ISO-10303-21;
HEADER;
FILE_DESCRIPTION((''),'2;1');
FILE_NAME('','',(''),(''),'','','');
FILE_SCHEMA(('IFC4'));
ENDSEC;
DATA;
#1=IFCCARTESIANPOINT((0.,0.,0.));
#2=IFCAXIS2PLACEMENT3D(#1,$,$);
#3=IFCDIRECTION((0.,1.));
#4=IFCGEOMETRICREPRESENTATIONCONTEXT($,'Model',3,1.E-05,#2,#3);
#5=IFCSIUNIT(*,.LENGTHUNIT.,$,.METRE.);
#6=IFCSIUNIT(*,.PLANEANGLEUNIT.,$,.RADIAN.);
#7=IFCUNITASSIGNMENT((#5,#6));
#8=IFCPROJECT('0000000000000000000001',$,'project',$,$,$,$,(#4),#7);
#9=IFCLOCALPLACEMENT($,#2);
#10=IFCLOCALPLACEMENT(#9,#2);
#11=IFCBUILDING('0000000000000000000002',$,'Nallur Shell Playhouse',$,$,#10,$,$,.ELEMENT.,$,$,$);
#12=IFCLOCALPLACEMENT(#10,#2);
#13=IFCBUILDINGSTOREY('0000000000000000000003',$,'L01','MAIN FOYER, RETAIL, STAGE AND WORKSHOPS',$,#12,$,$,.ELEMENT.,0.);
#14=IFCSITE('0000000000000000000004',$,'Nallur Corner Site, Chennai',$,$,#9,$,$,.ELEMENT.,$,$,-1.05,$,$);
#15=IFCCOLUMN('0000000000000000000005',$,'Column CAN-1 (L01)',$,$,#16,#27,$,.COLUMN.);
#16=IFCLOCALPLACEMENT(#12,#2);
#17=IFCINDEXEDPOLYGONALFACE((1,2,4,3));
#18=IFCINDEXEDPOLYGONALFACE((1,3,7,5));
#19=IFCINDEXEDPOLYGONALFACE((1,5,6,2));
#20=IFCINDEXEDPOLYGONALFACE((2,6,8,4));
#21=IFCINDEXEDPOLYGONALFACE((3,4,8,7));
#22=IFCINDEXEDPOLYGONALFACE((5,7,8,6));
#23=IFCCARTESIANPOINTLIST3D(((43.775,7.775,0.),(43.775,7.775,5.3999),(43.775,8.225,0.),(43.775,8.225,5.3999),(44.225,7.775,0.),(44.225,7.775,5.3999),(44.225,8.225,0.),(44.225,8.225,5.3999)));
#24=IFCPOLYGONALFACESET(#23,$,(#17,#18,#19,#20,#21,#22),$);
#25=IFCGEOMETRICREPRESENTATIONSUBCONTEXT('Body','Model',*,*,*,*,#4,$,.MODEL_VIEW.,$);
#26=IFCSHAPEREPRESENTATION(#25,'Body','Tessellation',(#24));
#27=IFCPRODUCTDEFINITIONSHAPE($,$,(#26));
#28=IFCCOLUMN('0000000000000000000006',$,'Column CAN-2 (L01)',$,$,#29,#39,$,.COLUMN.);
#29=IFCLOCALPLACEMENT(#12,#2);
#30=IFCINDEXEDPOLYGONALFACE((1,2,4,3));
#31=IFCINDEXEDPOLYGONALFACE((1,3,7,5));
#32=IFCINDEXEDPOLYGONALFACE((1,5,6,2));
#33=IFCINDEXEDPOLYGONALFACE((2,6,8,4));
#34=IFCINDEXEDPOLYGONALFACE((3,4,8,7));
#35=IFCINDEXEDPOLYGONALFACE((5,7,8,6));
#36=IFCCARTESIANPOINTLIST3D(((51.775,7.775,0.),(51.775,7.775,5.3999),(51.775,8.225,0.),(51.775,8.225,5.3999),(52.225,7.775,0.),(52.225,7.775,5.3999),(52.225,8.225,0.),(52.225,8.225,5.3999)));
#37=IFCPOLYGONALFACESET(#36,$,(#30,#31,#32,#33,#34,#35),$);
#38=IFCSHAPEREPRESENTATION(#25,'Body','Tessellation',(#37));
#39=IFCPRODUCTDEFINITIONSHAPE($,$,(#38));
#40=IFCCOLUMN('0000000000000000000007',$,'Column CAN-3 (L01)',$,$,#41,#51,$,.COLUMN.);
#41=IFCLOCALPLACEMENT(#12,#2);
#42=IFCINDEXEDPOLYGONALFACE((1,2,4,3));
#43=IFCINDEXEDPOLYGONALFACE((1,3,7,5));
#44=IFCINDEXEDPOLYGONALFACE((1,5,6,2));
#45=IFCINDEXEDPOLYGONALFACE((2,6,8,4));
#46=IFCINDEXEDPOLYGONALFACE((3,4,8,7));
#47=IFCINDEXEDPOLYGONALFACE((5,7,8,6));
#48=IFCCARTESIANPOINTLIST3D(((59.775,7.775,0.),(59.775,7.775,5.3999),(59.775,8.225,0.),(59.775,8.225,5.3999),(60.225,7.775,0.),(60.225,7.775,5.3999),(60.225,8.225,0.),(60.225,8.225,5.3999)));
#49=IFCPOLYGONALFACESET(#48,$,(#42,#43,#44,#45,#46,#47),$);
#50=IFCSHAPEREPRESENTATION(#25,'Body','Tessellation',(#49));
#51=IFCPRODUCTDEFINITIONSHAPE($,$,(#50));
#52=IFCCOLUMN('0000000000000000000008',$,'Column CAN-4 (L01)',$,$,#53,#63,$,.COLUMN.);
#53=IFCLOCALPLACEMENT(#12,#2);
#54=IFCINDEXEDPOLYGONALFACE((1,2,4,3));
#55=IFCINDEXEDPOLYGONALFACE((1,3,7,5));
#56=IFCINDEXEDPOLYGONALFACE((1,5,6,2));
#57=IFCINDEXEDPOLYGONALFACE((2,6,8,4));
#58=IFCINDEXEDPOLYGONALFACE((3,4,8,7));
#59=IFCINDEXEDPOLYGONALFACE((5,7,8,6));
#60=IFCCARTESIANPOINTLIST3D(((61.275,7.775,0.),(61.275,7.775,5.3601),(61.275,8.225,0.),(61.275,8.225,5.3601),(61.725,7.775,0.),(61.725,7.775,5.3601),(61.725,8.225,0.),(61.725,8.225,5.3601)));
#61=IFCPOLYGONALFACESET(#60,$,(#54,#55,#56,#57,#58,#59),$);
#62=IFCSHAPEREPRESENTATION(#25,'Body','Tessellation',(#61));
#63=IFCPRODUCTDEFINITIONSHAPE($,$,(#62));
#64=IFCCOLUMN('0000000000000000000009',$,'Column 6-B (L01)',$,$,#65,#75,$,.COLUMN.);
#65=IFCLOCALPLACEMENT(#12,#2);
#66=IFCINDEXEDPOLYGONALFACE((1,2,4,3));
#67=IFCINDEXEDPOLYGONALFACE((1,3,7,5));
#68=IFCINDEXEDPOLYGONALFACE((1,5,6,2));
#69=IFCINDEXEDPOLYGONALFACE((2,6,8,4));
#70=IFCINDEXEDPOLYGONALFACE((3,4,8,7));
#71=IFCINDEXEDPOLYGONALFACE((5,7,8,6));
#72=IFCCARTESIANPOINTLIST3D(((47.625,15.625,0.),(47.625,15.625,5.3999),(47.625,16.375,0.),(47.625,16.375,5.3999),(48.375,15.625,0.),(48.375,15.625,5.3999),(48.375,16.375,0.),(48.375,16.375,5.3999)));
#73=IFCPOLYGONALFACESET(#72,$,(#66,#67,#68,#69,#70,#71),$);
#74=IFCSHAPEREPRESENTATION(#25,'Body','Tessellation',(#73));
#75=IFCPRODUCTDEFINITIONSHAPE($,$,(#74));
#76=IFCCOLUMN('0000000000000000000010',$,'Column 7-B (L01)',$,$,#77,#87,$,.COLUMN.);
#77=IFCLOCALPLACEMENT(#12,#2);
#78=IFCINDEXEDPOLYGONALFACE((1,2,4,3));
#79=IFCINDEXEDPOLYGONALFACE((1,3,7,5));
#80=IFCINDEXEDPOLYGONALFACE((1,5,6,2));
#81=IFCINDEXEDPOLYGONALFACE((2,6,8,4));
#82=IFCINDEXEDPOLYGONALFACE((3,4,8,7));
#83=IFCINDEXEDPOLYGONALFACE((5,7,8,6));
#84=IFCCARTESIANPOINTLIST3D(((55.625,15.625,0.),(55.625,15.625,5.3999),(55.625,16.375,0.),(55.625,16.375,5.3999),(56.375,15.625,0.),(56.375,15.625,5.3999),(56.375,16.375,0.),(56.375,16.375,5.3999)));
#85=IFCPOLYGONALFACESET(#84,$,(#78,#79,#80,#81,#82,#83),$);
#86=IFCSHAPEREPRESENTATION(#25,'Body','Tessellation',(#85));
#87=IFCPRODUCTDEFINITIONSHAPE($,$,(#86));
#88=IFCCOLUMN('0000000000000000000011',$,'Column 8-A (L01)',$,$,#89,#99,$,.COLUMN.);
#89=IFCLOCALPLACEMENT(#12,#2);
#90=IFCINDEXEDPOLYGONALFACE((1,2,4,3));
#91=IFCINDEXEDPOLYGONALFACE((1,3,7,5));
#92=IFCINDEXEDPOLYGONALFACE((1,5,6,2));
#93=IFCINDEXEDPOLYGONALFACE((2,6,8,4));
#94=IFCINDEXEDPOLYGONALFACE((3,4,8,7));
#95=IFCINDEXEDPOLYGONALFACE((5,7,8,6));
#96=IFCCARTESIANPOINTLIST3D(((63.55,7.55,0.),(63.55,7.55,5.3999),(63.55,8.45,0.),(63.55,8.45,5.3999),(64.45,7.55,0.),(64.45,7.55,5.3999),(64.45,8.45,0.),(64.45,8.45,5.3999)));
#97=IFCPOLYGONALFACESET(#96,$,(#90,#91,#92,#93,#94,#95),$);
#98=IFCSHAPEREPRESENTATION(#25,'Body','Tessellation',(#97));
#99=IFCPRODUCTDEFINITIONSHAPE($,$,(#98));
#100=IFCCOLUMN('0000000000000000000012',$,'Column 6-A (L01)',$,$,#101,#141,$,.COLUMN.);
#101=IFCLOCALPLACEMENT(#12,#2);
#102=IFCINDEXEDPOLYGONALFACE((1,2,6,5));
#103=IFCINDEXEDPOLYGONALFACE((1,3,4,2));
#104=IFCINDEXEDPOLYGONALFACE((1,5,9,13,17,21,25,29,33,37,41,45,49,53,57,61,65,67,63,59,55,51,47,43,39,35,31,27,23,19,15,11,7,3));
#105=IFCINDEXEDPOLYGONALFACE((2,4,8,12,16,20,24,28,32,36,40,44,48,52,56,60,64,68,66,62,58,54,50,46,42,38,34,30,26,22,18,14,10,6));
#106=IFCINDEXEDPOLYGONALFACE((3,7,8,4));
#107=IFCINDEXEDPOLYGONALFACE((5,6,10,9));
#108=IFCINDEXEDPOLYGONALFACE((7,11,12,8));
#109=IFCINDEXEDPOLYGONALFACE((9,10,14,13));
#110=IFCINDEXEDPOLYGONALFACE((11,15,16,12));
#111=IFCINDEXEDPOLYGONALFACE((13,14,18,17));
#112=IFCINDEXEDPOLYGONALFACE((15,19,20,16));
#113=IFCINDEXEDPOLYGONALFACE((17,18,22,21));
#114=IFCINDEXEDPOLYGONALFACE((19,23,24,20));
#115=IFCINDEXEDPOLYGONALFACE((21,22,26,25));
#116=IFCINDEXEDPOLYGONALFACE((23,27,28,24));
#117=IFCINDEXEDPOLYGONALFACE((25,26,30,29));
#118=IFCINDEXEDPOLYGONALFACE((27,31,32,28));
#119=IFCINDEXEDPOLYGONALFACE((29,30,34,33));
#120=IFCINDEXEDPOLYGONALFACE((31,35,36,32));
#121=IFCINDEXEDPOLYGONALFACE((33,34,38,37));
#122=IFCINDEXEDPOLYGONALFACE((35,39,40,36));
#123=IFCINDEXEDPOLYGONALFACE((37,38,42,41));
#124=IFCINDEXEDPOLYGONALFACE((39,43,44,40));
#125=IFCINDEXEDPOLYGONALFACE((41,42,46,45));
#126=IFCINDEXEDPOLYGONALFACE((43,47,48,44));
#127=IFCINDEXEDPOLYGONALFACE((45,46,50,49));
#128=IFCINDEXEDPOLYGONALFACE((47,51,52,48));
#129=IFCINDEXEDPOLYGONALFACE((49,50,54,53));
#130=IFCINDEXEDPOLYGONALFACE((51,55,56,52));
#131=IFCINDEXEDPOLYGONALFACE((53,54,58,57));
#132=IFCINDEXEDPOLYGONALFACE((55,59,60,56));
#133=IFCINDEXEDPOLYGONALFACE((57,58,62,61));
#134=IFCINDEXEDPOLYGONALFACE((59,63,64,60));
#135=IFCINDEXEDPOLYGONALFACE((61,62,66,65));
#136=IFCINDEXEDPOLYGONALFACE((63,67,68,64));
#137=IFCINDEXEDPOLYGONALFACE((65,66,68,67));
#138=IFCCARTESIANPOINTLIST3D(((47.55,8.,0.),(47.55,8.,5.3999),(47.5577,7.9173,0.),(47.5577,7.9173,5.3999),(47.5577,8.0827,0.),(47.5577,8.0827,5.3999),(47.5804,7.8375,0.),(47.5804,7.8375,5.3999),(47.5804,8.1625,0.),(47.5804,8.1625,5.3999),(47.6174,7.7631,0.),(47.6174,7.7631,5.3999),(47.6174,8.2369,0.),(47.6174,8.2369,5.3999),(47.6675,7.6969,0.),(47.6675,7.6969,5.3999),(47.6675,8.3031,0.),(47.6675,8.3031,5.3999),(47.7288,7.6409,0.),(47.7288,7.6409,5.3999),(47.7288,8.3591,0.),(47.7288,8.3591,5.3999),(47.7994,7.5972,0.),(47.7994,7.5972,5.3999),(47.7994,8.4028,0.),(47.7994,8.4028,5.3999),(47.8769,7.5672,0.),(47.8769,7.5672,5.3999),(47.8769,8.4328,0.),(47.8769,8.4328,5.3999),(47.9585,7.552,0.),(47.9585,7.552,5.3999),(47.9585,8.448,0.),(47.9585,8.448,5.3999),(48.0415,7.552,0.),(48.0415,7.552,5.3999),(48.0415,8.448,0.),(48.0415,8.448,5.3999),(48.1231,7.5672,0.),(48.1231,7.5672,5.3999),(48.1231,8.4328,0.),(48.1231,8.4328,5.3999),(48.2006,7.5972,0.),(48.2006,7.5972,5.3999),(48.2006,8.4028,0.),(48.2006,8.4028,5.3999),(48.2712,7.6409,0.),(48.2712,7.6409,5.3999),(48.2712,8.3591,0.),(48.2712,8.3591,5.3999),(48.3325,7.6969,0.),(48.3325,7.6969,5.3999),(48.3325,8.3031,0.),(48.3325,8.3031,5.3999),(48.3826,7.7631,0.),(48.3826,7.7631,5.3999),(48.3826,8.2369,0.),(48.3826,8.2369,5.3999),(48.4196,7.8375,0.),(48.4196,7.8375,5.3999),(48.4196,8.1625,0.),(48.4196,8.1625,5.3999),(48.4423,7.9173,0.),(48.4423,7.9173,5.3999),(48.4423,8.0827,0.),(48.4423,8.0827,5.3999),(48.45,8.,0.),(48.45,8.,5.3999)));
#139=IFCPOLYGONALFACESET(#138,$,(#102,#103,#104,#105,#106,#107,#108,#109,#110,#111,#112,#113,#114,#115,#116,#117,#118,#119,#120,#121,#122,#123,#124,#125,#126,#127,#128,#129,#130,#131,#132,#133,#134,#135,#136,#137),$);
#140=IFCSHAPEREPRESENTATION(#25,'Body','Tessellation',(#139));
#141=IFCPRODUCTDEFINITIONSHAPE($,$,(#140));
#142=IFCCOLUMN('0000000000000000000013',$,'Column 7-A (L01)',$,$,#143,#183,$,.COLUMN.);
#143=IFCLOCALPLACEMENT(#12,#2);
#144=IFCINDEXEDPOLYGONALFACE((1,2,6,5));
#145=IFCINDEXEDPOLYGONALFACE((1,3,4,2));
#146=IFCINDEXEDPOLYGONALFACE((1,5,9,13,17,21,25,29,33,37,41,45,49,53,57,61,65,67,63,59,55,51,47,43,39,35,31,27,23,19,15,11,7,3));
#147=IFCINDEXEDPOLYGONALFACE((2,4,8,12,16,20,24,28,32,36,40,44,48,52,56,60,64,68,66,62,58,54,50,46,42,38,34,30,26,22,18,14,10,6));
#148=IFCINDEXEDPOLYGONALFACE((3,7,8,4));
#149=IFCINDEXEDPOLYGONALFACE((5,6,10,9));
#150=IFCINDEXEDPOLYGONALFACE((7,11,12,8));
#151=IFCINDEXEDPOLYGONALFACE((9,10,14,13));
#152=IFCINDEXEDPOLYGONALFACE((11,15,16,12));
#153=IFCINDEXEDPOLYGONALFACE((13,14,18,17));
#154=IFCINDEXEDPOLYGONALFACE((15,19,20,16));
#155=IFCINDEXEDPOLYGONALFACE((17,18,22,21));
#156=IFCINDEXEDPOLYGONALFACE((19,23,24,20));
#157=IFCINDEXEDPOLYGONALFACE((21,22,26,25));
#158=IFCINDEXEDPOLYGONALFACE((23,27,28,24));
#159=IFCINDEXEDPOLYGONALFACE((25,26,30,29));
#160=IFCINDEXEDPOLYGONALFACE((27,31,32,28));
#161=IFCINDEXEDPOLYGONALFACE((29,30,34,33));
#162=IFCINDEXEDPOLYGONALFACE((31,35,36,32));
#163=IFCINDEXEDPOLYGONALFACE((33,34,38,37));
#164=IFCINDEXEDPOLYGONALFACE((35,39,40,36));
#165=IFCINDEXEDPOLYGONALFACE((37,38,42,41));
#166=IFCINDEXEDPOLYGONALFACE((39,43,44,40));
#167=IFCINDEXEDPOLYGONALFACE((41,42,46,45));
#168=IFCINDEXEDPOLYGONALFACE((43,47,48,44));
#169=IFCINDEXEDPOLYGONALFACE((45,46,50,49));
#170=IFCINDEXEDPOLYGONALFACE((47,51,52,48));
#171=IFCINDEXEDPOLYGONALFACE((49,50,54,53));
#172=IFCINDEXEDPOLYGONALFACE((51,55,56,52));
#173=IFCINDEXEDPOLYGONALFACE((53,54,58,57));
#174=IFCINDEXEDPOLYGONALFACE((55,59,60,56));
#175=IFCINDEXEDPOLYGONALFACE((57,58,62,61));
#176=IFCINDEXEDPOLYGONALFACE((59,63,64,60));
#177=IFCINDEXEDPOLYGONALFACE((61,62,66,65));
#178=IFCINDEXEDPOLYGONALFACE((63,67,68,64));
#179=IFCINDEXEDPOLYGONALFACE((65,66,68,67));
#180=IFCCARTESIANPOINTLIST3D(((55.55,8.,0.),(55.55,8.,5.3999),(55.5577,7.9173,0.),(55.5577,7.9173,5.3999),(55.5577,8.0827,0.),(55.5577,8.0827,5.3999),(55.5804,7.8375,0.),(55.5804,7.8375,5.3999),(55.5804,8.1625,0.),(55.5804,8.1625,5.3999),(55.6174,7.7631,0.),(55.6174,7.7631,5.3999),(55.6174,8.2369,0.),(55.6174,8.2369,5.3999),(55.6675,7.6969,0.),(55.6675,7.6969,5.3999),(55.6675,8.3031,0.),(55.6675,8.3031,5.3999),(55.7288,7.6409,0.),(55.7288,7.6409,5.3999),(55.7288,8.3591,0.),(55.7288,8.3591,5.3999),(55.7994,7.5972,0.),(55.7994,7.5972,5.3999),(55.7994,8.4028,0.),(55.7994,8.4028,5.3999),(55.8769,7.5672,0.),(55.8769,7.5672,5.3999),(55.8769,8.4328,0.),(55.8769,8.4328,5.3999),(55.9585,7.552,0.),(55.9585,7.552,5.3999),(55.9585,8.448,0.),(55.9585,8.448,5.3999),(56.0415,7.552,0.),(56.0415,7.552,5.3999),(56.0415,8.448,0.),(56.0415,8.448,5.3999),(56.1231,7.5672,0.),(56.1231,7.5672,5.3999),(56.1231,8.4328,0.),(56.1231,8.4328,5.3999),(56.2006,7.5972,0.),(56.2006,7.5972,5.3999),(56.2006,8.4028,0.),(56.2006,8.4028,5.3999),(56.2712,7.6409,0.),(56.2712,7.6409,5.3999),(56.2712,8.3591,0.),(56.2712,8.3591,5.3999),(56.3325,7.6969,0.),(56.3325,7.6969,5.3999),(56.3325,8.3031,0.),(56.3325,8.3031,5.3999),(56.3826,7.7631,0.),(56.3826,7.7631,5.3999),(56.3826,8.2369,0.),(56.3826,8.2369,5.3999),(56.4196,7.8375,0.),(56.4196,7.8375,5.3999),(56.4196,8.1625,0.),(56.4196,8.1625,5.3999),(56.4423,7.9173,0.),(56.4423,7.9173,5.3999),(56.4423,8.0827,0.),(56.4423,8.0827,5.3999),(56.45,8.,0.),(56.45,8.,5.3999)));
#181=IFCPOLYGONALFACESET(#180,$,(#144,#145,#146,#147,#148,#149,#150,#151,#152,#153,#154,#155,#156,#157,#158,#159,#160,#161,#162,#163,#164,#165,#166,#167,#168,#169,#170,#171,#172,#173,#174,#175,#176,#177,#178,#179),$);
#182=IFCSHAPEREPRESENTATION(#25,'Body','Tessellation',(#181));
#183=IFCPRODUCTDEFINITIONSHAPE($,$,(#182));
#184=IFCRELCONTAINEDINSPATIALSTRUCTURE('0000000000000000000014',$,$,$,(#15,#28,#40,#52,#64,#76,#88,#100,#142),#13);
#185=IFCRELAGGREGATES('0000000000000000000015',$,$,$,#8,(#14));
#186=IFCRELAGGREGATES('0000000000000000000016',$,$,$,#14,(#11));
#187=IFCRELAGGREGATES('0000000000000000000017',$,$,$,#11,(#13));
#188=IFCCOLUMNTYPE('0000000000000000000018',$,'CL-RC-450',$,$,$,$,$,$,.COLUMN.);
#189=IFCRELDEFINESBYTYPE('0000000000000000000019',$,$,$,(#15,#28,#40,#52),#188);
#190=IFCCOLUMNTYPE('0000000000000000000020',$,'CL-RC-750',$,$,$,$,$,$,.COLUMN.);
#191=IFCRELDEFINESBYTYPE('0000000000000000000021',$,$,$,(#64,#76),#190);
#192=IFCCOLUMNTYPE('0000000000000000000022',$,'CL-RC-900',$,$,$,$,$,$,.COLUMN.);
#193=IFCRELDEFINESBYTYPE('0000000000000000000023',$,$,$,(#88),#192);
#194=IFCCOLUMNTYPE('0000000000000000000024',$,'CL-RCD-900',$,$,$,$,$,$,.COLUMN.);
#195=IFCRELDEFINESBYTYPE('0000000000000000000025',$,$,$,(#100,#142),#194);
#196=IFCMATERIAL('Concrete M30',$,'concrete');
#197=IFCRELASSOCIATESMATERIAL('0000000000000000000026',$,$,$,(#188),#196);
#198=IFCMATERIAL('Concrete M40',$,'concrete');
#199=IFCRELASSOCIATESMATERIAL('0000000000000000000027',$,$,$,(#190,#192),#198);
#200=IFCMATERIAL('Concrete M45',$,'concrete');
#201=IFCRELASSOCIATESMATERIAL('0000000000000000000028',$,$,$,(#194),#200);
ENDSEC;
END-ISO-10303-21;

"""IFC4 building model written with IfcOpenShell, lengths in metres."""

from ifc_helpers import new_model, si_unit, direction, frame, origin, origin_2d, place, context, subcontext, project, spatial, rectangle, circle, extrude, material, material_profile, profile_set, type_object, element, save


model = new_model("IFC4")

# Units and contexts
model_context = context("Model", 3, precision=1e-05, world=origin(), true_north=direction((0.0, 1.0)))
body_context = subcontext(model_context, "Body", "Model", "MODEL_VIEW")
ifc_project = project(units=[si_unit("LENGTHUNIT", "METRE"), si_unit("PLANEANGLEUNIT", "RADIAN")], contexts=[model_context])

# Site, building, storey
site_placement = place(None, origin())
site = spatial("IfcSite", under=ifc_project, at=site_placement, Name="Nallur Corner Site, Chennai", CompositionType="ELEMENT", RefElevation=-1.05)
building_placement = place(site_placement, origin())
building = spatial("IfcBuilding", under=site, at=building_placement, Name="Nallur Shell Playhouse", CompositionType="ELEMENT")
storey_placement = place(building_placement, origin())
storey = spatial("IfcBuildingStorey", under=building, at=storey_placement, Name="L01", Description="MAIN FOYER, RETAIL, STAGE AND WORKSHOPS", CompositionType="ELEMENT", Elevation=0.0)

# Columns
ifc_material_1 = material(Name="Concrete M30", Category="concrete")
ifc_material_profile_1 = material_profile(ifc_material_1, rectangle(XDim=0.45, YDim=0.45, at=origin_2d()), Name="RC 450x450")
ifc_profile_set_1 = profile_set([ifc_material_profile_1], Name="Concrete M30")
column_type_1 = type_object("IfcColumnType", Name="CL-RC-450", PredefinedType="COLUMN", material=ifc_profile_set_1)
for number, where, z_axis, x_axis, name in (
    (1, (44.0, 8.0, 0.0), (0.0, 0.0, 1.0), (1.0, 0.0, 0.0), "Column CAN-1 (L01)"),
    (2, (52.0, 8.0, 0.0), (0.0, 0.0, 1.0), (1.0, 0.0, 0.0), "Column CAN-2 (L01)"),
    (3, (60.0, 8.0, 0.0), (0.0, 0.0, 1.0), (1.0, 0.0, 0.0), "Column CAN-3 (L01)"),
):
    element("IfcColumn", number, at=place(storey_placement, frame(where, z_axis=z_axis, x_axis=x_axis)), inside=storey, type_object=column_type_1, Name=name, PredefinedType="COLUMN", context=body_context, shape_type="SweptSolid", body=[
        extrude(rectangle(XDim=0.45, YDim=0.45, at=origin_2d()), origin(), (0.0, 0.0, 1.0), 5.3999),
    ])
column_1_placement = place(storey_placement, frame((61.5, 8.0, 0.0), z_axis=(0.0, 0.0, 1.0), x_axis=(1.0, 0.0, 0.0)))
element("IfcColumn", 4, at=column_1_placement, inside=storey, type_object=column_type_1, Name="Column CAN-4 (L01)", PredefinedType="COLUMN", context=body_context, shape_type="SweptSolid", body=[
    extrude(rectangle(XDim=0.45, YDim=0.45, at=origin_2d()), origin(), (0.0, 0.0, 1.0), 5.3601),
])
ifc_material_2 = material(Name="Concrete M40", Category="concrete")
ifc_material_profile_2 = material_profile(ifc_material_2, rectangle(XDim=0.75, YDim=0.75, at=origin_2d()), Name="RC 750x750")
ifc_profile_set_2 = profile_set([ifc_material_profile_2], Name="Concrete M40")
column_type_2 = type_object("IfcColumnType", Name="CL-RC-750", PredefinedType="COLUMN", material=ifc_profile_set_2)
for number, where, z_axis, x_axis, name in (
    (5, (48.0, 16.0, 0.0), (0.0, 0.0, 1.0), (1.0, 0.0, 0.0), "Column 6-B (L01)"),
    (6, (56.0, 16.0, 0.0), (0.0, 0.0, 1.0), (1.0, 0.0, 0.0), "Column 7-B (L01)"),
):
    element("IfcColumn", number, at=place(storey_placement, frame(where, z_axis=z_axis, x_axis=x_axis)), inside=storey, type_object=column_type_2, Name=name, PredefinedType="COLUMN", context=body_context, shape_type="SweptSolid", body=[
        extrude(rectangle(XDim=0.75, YDim=0.75, at=origin_2d()), origin(), (0.0, 0.0, 1.0), 5.3999),
    ])
ifc_material_profile_3 = material_profile(ifc_material_2, rectangle(XDim=0.8999, YDim=0.8999, at=origin_2d()), Name="RC 900x900")
ifc_profile_set_3 = profile_set([ifc_material_profile_3], Name="Concrete M40")
column_type_3 = type_object("IfcColumnType", Name="CL-RC-900", PredefinedType="COLUMN", material=ifc_profile_set_3)
column_2_placement = place(storey_placement, frame((64.0, 8.0, 0.0), z_axis=(0.0, 0.0, 1.0), x_axis=(1.0, 0.0, 0.0)))
element("IfcColumn", 7, at=column_2_placement, inside=storey, type_object=column_type_3, Name="Column 8-A (L01)", PredefinedType="COLUMN", context=body_context, shape_type="SweptSolid", body=[
    extrude(rectangle(XDim=0.8999, YDim=0.8999, at=origin_2d()), origin(), (0.0, 0.0, 1.0), 5.3999),
])
ifc_material_3 = material(Name="Concrete M45", Category="concrete")
ifc_material_profile_4 = material_profile(ifc_material_3, circle(Radius=0.45, at=origin_2d()), Name="RC D900")
ifc_profile_set_4 = profile_set([ifc_material_profile_4], Name="Concrete M45")
column_type_4 = type_object("IfcColumnType", Name="CL-RCD-900", PredefinedType="COLUMN", material=ifc_profile_set_4)
for number, where, z_axis, x_axis, name in (
    (8, (48.0, 8.0, 0.0), (0.0, 0.0, 1.0), (1.0, 0.0, 0.0), "Column 6-A (L01)"),
    (9, (56.0, 8.0, 0.0), (0.0, 0.0, 1.0), (1.0, 0.0, 0.0), "Column 7-A (L01)"),
):
    element("IfcColumn", number, at=place(storey_placement, frame(where, z_axis=z_axis, x_axis=x_axis)), inside=storey, type_object=column_type_4, Name=name, PredefinedType="COLUMN", context=body_context, shape_type="SweptSolid", body=[
        extrude(circle(Radius=0.45, at=origin_2d()), origin(), (0.0, 0.0, 1.0), 5.3999),
    ])

save(model, "model.ifc")
